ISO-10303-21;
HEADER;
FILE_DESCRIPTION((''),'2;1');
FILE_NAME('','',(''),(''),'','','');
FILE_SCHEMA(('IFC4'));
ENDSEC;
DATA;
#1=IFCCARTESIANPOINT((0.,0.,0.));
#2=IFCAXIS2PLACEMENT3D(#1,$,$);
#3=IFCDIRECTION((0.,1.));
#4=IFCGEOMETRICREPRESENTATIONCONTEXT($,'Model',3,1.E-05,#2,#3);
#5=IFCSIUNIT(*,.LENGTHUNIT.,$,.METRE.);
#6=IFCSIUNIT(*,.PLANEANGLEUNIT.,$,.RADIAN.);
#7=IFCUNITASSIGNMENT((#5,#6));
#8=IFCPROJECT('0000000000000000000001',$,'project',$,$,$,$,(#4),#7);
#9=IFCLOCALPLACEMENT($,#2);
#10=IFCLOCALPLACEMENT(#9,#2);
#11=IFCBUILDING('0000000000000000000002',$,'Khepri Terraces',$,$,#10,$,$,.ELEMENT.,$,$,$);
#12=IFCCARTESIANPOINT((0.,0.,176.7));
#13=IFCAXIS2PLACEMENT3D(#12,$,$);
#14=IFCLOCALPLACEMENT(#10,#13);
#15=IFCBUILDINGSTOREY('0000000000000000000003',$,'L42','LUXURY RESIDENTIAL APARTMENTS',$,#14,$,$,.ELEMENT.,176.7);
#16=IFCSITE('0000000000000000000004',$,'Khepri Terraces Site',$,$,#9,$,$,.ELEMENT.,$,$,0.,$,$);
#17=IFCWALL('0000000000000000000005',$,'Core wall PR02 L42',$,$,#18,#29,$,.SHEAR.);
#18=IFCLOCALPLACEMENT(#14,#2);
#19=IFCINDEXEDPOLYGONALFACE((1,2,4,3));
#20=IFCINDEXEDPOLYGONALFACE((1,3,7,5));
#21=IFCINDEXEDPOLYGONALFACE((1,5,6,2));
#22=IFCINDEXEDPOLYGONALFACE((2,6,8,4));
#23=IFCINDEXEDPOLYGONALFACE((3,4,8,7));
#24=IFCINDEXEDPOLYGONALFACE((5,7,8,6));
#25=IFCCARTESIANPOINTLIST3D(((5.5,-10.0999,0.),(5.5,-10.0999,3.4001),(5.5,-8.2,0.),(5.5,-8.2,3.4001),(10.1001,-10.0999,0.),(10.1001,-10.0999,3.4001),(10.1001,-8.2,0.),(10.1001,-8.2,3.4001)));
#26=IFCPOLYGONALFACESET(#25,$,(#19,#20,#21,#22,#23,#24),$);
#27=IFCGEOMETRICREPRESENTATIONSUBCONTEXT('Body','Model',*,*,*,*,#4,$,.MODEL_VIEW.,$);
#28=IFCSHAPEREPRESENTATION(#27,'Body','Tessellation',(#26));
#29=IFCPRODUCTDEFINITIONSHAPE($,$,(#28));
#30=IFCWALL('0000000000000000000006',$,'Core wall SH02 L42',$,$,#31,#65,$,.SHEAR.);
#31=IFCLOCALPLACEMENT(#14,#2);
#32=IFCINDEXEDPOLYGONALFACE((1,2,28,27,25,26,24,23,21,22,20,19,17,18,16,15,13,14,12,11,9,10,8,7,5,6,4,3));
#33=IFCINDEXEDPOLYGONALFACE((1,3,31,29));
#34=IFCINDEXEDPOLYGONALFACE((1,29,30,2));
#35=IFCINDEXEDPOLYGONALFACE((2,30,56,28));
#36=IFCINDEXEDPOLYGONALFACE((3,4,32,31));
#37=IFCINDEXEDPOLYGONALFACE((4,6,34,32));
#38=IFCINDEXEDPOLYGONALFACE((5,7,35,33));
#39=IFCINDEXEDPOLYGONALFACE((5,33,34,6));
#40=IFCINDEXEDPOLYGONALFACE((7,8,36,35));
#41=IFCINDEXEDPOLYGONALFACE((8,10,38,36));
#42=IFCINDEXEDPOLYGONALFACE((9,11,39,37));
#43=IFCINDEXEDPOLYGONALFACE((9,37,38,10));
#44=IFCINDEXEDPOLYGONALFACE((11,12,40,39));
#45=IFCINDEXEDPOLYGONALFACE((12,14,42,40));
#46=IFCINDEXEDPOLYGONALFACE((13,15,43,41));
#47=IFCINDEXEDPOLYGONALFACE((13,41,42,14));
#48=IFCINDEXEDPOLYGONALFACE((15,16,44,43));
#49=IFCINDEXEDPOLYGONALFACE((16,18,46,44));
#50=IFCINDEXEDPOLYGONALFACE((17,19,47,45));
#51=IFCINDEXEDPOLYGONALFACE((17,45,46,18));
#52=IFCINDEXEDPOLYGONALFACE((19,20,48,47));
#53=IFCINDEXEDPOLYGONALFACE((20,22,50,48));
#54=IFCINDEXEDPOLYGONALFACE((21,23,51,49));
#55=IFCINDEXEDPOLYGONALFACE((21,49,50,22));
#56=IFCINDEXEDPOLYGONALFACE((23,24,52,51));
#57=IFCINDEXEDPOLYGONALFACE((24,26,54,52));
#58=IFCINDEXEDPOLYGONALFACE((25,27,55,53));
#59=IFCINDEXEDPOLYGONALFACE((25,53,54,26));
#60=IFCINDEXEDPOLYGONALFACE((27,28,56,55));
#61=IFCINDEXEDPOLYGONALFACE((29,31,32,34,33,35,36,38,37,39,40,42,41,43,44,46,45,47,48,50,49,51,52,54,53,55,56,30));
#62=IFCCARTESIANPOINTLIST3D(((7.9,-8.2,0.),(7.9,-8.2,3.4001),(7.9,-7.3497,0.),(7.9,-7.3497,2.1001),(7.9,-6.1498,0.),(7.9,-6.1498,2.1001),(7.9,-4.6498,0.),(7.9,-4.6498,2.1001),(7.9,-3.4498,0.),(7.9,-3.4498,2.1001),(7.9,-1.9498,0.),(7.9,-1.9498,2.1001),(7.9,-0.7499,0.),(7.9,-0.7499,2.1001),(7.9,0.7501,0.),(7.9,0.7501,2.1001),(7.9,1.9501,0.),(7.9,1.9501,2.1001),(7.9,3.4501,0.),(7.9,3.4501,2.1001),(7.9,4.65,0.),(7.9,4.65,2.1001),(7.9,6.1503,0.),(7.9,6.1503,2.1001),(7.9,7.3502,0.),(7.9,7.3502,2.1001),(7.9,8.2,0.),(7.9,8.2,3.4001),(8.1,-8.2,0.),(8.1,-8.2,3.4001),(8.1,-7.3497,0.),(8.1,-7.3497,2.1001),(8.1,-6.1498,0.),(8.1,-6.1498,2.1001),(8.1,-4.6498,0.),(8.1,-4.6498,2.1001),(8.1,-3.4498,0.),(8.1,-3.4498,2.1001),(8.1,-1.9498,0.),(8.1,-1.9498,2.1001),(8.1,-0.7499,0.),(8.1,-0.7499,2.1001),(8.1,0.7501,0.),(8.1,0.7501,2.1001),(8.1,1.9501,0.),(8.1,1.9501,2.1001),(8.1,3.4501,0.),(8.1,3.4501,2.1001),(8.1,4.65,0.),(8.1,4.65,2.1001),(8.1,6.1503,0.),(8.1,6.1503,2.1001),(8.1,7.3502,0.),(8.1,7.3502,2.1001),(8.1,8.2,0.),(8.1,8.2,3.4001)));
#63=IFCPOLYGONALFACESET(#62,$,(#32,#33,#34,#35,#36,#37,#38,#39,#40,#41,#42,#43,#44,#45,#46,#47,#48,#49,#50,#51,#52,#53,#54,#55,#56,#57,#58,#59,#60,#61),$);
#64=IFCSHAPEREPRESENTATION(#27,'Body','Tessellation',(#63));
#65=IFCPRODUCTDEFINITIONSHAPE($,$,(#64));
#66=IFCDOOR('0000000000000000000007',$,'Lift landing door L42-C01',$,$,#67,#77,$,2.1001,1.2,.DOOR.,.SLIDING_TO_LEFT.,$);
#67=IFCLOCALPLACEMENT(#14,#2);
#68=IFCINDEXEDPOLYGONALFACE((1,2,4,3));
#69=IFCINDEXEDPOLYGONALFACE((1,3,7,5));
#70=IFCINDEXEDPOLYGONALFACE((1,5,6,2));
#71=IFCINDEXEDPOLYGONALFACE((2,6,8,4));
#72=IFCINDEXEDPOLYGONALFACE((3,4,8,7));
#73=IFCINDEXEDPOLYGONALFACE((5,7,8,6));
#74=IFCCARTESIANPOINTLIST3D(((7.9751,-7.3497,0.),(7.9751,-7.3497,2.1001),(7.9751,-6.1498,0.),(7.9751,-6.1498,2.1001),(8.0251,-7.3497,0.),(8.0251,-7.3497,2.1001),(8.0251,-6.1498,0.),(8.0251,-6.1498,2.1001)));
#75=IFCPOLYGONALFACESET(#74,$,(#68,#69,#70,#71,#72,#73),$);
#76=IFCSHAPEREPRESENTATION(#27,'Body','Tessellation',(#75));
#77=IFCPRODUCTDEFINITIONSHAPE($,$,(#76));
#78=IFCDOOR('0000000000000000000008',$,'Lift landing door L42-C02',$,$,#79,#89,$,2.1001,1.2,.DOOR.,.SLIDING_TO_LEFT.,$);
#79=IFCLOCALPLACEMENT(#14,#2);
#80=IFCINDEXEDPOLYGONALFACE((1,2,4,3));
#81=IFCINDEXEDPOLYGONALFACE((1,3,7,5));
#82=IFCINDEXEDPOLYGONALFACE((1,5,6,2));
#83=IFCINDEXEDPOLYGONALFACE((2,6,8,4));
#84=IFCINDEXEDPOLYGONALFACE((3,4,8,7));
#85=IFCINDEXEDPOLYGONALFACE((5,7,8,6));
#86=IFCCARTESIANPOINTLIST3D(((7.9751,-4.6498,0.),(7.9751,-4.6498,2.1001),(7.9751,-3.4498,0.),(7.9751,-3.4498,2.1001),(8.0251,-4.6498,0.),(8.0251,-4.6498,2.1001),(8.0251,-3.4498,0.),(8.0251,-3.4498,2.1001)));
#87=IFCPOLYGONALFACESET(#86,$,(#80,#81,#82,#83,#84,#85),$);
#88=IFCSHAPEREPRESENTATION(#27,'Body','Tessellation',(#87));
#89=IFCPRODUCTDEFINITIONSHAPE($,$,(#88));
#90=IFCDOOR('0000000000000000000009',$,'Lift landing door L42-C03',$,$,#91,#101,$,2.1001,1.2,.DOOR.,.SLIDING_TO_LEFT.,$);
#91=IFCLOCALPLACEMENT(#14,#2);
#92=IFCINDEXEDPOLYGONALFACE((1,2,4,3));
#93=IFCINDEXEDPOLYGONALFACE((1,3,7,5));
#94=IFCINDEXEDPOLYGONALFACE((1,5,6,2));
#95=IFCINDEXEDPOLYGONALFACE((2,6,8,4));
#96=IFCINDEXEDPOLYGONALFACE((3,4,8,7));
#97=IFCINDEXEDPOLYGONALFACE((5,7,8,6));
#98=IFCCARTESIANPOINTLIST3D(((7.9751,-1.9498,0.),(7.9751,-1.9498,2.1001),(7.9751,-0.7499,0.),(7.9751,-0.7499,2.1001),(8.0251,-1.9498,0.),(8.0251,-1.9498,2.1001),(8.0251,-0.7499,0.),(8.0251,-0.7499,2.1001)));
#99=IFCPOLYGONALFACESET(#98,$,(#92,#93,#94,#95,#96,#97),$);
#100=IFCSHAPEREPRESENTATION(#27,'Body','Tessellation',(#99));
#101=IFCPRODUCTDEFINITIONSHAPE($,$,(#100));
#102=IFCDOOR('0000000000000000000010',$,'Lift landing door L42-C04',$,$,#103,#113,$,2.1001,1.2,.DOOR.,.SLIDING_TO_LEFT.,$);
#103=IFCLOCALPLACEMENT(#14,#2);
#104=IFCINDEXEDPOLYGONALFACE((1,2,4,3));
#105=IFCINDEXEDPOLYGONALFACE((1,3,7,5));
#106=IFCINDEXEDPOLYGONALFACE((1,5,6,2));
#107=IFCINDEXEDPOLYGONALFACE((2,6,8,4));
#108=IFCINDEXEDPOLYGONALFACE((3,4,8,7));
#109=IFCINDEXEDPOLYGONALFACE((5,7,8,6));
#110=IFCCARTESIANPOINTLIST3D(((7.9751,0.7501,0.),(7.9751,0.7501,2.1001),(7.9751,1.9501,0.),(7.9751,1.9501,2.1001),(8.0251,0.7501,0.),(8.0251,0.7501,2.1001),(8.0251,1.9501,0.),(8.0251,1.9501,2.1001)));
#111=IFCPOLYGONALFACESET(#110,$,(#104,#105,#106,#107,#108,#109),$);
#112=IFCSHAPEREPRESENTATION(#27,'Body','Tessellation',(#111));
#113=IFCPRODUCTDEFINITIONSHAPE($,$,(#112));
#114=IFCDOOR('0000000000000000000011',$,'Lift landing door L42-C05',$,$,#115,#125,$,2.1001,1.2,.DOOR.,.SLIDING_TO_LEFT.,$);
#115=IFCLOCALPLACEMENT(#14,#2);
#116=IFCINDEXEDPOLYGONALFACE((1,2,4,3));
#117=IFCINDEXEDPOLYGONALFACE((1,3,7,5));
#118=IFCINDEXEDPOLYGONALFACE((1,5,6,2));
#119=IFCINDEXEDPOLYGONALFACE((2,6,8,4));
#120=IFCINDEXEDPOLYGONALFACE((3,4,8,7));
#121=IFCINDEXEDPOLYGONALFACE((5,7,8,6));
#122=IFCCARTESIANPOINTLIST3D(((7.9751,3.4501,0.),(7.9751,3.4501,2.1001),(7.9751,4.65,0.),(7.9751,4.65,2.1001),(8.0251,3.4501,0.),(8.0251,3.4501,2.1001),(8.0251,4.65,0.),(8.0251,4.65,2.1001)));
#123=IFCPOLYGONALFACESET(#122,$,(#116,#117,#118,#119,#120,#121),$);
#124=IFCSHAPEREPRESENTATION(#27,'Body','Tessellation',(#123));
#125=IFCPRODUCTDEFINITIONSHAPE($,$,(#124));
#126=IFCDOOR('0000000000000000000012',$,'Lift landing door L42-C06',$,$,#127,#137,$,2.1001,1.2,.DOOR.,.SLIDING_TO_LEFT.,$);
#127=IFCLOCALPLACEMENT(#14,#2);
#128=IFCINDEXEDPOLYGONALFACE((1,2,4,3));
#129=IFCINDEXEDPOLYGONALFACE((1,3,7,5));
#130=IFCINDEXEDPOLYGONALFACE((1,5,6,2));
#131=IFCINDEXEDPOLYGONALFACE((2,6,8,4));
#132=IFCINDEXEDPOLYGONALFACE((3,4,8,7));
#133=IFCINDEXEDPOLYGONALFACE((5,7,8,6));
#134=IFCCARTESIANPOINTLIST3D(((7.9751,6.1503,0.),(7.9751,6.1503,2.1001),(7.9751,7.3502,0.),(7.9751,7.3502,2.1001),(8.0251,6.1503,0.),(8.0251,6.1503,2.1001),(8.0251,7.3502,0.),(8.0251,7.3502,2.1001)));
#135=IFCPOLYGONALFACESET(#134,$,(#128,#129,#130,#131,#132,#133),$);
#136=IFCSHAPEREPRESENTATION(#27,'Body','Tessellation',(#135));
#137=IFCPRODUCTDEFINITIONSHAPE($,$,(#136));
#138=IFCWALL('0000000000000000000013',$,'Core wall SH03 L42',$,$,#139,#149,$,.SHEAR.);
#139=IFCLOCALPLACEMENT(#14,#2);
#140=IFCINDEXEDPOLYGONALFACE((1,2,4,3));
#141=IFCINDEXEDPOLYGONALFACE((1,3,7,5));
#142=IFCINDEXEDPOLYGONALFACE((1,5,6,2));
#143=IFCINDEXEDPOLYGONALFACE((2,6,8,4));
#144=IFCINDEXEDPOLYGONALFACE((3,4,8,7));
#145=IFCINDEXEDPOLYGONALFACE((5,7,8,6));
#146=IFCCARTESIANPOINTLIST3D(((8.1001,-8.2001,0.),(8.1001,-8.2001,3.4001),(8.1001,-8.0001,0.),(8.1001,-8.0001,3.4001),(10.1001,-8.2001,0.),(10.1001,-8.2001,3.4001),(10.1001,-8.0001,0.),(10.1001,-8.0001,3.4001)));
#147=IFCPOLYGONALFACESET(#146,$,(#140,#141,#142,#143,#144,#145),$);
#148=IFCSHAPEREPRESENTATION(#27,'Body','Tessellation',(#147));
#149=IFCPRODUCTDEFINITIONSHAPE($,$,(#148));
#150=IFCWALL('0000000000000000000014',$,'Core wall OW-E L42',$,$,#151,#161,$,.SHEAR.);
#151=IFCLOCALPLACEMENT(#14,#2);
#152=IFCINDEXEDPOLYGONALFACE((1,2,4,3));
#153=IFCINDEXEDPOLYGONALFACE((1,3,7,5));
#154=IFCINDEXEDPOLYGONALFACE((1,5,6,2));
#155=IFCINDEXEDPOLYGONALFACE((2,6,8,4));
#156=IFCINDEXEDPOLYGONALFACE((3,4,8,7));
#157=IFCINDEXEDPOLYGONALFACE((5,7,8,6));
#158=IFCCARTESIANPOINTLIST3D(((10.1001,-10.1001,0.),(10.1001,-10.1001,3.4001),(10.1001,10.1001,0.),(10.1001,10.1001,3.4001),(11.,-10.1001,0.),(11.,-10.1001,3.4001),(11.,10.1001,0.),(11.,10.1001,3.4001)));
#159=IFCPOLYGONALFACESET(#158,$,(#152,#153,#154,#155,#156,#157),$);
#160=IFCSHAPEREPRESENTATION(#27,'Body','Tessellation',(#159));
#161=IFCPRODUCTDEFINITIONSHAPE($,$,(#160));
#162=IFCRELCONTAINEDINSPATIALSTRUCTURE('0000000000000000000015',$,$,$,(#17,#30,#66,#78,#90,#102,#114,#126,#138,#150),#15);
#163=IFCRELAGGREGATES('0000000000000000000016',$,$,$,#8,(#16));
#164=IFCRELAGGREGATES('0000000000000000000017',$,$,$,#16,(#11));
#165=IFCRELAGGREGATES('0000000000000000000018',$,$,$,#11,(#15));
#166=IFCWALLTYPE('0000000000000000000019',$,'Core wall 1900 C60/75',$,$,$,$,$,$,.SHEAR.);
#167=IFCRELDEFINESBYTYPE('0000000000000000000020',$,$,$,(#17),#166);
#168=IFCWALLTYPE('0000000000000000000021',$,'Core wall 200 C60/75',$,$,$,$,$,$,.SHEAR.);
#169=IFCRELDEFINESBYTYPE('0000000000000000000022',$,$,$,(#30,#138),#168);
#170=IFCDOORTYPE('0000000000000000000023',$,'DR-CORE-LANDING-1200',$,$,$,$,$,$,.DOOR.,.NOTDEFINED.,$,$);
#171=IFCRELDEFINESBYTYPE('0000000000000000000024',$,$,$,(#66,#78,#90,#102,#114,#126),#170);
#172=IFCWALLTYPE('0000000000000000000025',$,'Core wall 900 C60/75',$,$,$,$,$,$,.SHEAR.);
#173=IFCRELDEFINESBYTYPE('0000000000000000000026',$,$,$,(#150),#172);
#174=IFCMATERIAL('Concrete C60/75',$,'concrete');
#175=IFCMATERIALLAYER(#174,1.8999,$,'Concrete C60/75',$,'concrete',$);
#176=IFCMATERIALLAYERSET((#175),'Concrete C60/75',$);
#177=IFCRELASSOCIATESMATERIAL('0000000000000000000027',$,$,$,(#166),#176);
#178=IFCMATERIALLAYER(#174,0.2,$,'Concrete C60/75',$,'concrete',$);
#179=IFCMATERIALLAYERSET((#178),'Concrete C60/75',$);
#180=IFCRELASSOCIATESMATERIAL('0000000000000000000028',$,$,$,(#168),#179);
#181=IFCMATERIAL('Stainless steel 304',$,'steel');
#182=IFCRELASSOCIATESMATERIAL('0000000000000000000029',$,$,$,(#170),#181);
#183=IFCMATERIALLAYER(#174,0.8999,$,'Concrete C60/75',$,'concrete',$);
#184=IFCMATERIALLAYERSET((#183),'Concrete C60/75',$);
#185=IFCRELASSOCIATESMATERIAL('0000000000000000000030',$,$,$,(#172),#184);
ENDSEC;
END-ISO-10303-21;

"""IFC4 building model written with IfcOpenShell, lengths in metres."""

from ifc_helpers import new_model, si_unit, direction, frame, frame_2d, origin, place, context, subcontext, project, spatial, rectangle, extrude, material, layer, layer_set, type_object, element, fill, save


model = new_model("IFC4")

# Units and contexts
model_context = context("Model", 3, precision=1e-05, world=origin(), true_north=direction((0.0, 1.0)))
body_context = subcontext(model_context, "Body", "Model", "MODEL_VIEW")
ifc_project = project(units=[si_unit("LENGTHUNIT", "METRE"), si_unit("PLANEANGLEUNIT", "RADIAN")], contexts=[model_context])

# Site, building, storey
site_placement = place(None, origin())
site = spatial("IfcSite", under=ifc_project, at=site_placement, Name="Khepri Terraces Site", CompositionType="ELEMENT", RefElevation=0.0)
building_placement = place(site_placement, origin())
building = spatial("IfcBuilding", under=site, at=building_placement, Name="Khepri Terraces", CompositionType="ELEMENT")
storey_placement = place(building_placement, frame((0.0, 0.0, 176.7)))
storey = spatial("IfcBuildingStorey", under=building, at=storey_placement, Name="L42", Description="LUXURY RESIDENTIAL APARTMENTS", CompositionType="ELEMENT", Elevation=176.7)

# Wall
ifc_material_1 = material(Name="Concrete C60/75", Category="concrete")
ifc_layer_1 = layer(ifc_material_1, 1.8999, Name="Concrete C60/75", Category="concrete")
ifc_layer_set_1 = layer_set([ifc_layer_1], Name="Concrete C60/75")
wall_type_1 = type_object("IfcWallType", Name="Core wall 1900 C60/75", PredefinedType="SHEAR", material=ifc_layer_set_1)
wall_1_placement = place(storey_placement, frame((5.5, -9.1499, 0.0), z_axis=(0.0, 0.0, 1.0), x_axis=(1.0, 0.0, 0.0)))
element("IfcWall", 1, at=wall_1_placement, inside=storey, type_object=wall_type_1, Name="Core wall PR02 L42", PredefinedType="SHEAR", context=body_context, shape_type="SweptSolid", body=[
    extrude(rectangle(XDim=4.6001, YDim=1.8999, at=frame_2d((2.3, 0.0))), origin(), (0.0, 0.0, 1.0), 3.4001),
])

# Wall, openings, doors
ifc_layer_2 = layer(ifc_material_1, 0.2, Name="Concrete C60/75", Category="concrete")
ifc_layer_set_2 = layer_set([ifc_layer_2], Name="Concrete C60/75")
wall_type_2 = type_object("IfcWallType", Name="Core wall 200 C60/75", PredefinedType="SHEAR", material=ifc_layer_set_2)
wall_2_placement = place(storey_placement, frame((8.0, -8.2, 0.0), z_axis=(0.0, 0.0, 1.0), x_axis=(0.0, 1.0, 0.0)))
wall_2 = element("IfcWall", 2, at=wall_2_placement, inside=storey, type_object=wall_type_2, Name="Core wall SH02 L42", PredefinedType="SHEAR", context=body_context, shape_type="SweptSolid", body=[
    extrude(rectangle(XDim=16.3999, YDim=0.2, at=frame_2d((8.2, 0.0))), origin(), (0.0, 0.0, 1.0), 3.4001),
])
opening_1_placement = place(wall_2_placement, frame((0.8501, 0.0, 0.0)))
opening_1 = element("IfcOpeningElement", 3, at=opening_1_placement, cuts=wall_2, PredefinedType="OPENING", context=body_context, shape_type="SweptSolid", body=[
    extrude(rectangle(XDim=1.2, YDim=2.1001, at=frame_2d((0.6001, 1.05))), frame((0.0, 0.1099, 0.0), z_axis=(0.0, -1.0, 0.0), x_axis=(1.0, 0.0, 0.0)), (0.0, 0.0, 1.0), 0.22),
])
opening_2_placement = place(wall_2_placement, frame((3.55, 0.0, 0.0)))
opening_2 = element("IfcOpeningElement", 4, at=opening_2_placement, cuts=wall_2, PredefinedType="OPENING", context=body_context, shape_type="SweptSolid", body=[
    extrude(rectangle(XDim=1.2, YDim=2.1001, at=frame_2d((0.6001, 1.05))), frame((0.0, 0.1099, 0.0), z_axis=(0.0, -1.0, 0.0), x_axis=(1.0, 0.0, 0.0)), (0.0, 0.0, 1.0), 0.22),
])
opening_3_placement = place(wall_2_placement, frame((6.25, 0.0, 0.0)))
opening_3 = element("IfcOpeningElement", 5, at=opening_3_placement, cuts=wall_2, PredefinedType="OPENING", context=body_context, shape_type="SweptSolid", body=[
    extrude(rectangle(XDim=1.2, YDim=2.1001, at=frame_2d((0.6001, 1.05))), frame((0.0, 0.1099, 0.0), z_axis=(0.0, -1.0, 0.0), x_axis=(1.0, 0.0, 0.0)), (0.0, 0.0, 1.0), 0.22),
])
opening_4_placement = place(wall_2_placement, frame((8.95, 0.0, 0.0)))
opening_4 = element("IfcOpeningElement", 6, at=opening_4_placement, cuts=wall_2, PredefinedType="OPENING", context=body_context, shape_type="SweptSolid", body=[
    extrude(rectangle(XDim=1.2, YDim=2.1001, at=frame_2d((0.6001, 1.05))), frame((0.0, 0.1099, 0.0), z_axis=(0.0, -1.0, 0.0), x_axis=(1.0, 0.0, 0.0)), (0.0, 0.0, 1.0), 0.22),
])
opening_5_placement = place(wall_2_placement, frame((11.6499, 0.0, 0.0)))
opening_5 = element("IfcOpeningElement", 7, at=opening_5_placement, cuts=wall_2, PredefinedType="OPENING", context=body_context, shape_type="SweptSolid", body=[
    extrude(rectangle(XDim=1.2, YDim=2.1001, at=frame_2d((0.6001, 1.05))), frame((0.0, 0.1099, 0.0), z_axis=(0.0, -1.0, 0.0), x_axis=(1.0, 0.0, 0.0)), (0.0, 0.0, 1.0), 0.22),
])
opening_6_placement = place(wall_2_placement, frame((14.3501, 0.0, 0.0)))
opening_6 = element("IfcOpeningElement", 8, at=opening_6_placement, cuts=wall_2, PredefinedType="OPENING", context=body_context, shape_type="SweptSolid", body=[
    extrude(rectangle(XDim=1.2, YDim=2.1001, at=frame_2d((0.6001, 1.05))), frame((0.0, 0.1099, 0.0), z_axis=(0.0, -1.0, 0.0), x_axis=(1.0, 0.0, 0.0)), (0.0, 0.0, 1.0), 0.22),
])
ifc_material_2 = material(Name="Stainless steel 304", Category="steel")
door_type_1 = type_object("IfcDoorType", Name="DR-CORE-LANDING-1200", OperationType="NOTDEFINED", PredefinedType="DOOR", material=ifc_material_2)
door_1_placement = place(opening_1_placement, origin())
door_1 = element("IfcDoor", 9, at=door_1_placement, inside=storey, type_object=door_type_1, Name="Lift landing door L42-C01", OperationType="SLIDING_TO_LEFT", OverallHeight=2.1001, OverallWidth=1.2, PredefinedType="DOOR", context=body_context, shape_type="SweptSolid", body=[
    extrude(rectangle(XDim=1.2, YDim=2.1001, at=frame_2d((0.6001, 1.05))), frame((0.0, 0.0249, 0.0), z_axis=(0.0, -1.0, 0.0), x_axis=(1.0, 0.0, 0.0)), (0.0, 0.0, 1.0), 0.05),
])
fill(opening_1, door_1)
door_2_placement = place(opening_2_placement, origin())
door_2 = element("IfcDoor", 10, at=door_2_placement, inside=storey, type_object=door_type_1, Name="Lift landing door L42-C02", OperationType="SLIDING_TO_LEFT", OverallHeight=2.1001, OverallWidth=1.2, PredefinedType="DOOR", context=body_context, shape_type="SweptSolid", body=[
    extrude(rectangle(XDim=1.2, YDim=2.1001, at=frame_2d((0.6001, 1.05))), frame((0.0, 0.0249, 0.0), z_axis=(0.0, -1.0, 0.0), x_axis=(1.0, 0.0, 0.0)), (0.0, 0.0, 1.0), 0.05),
])
fill(opening_2, door_2)
door_3_placement = place(opening_3_placement, origin())
door_3 = element("IfcDoor", 11, at=door_3_placement, inside=storey, type_object=door_type_1, Name="Lift landing door L42-C03", OperationType="SLIDING_TO_LEFT", OverallHeight=2.1001, OverallWidth=1.2, PredefinedType="DOOR", context=body_context, shape_type="SweptSolid", body=[
    extrude(rectangle(XDim=1.2, YDim=2.1001, at=frame_2d((0.6001, 1.05))), frame((0.0, 0.0249, 0.0), z_axis=(0.0, -1.0, 0.0), x_axis=(1.0, 0.0, 0.0)), (0.0, 0.0, 1.0), 0.05),
])
fill(opening_3, door_3)
door_4_placement = place(opening_4_placement, origin())
door_4 = element("IfcDoor", 12, at=door_4_placement, inside=storey, type_object=door_type_1, Name="Lift landing door L42-C04", OperationType="SLIDING_TO_LEFT", OverallHeight=2.1001, OverallWidth=1.2, PredefinedType="DOOR", context=body_context, shape_type="SweptSolid", body=[
    extrude(rectangle(XDim=1.2, YDim=2.1001, at=frame_2d((0.6001, 1.05))), frame((0.0, 0.0249, 0.0), z_axis=(0.0, -1.0, 0.0), x_axis=(1.0, 0.0, 0.0)), (0.0, 0.0, 1.0), 0.05),
])
fill(opening_4, door_4)
door_5_placement = place(opening_5_placement, origin())
door_5 = element("IfcDoor", 13, at=door_5_placement, inside=storey, type_object=door_type_1, Name="Lift landing door L42-C05", OperationType="SLIDING_TO_LEFT", OverallHeight=2.1001, OverallWidth=1.2, PredefinedType="DOOR", context=body_context, shape_type="SweptSolid", body=[
    extrude(rectangle(XDim=1.2, YDim=2.1001, at=frame_2d((0.6001, 1.05))), frame((0.0, 0.0249, 0.0), z_axis=(0.0, -1.0, 0.0), x_axis=(1.0, 0.0, 0.0)), (0.0, 0.0, 1.0), 0.05),
])
fill(opening_5, door_5)
door_6_placement = place(opening_6_placement, origin())
door_6 = element("IfcDoor", 14, at=door_6_placement, inside=storey, type_object=door_type_1, Name="Lift landing door L42-C06", OperationType="SLIDING_TO_LEFT", OverallHeight=2.1001, OverallWidth=1.2, PredefinedType="DOOR", context=body_context, shape_type="SweptSolid", body=[
    extrude(rectangle(XDim=1.2, YDim=2.1001, at=frame_2d((0.6001, 1.05))), frame((0.0, 0.0249, 0.0), z_axis=(0.0, -1.0, 0.0), x_axis=(1.0, 0.0, 0.0)), (0.0, 0.0, 1.0), 0.05),
])
fill(opening_6, door_6)

# Walls
wall_3_placement = place(storey_placement, frame((8.1001, -8.1001, 0.0), z_axis=(0.0, 0.0, 1.0), x_axis=(1.0, 0.0, 0.0)))
element("IfcWall", 15, at=wall_3_placement, inside=storey, type_object=wall_type_2, Name="Core wall SH03 L42", PredefinedType="SHEAR", context=body_context, shape_type="SweptSolid", body=[
    extrude(rectangle(XDim=2.0, YDim=0.2, at=frame_2d((1.0, 0.0))), origin(), (0.0, 0.0, 1.0), 3.4001),
])
ifc_layer_3 = layer(ifc_material_1, 0.8999, Name="Concrete C60/75", Category="concrete")
ifc_layer_set_3 = layer_set([ifc_layer_3], Name="Concrete C60/75")
wall_type_3 = type_object("IfcWallType", Name="Core wall 900 C60/75", PredefinedType="SHEAR", material=ifc_layer_set_3)
wall_4_placement = place(storey_placement, frame((10.55, -10.1001, 0.0), z_axis=(0.0, 0.0, 1.0), x_axis=(0.0, 1.0, 0.0)))
element("IfcWall", 16, at=wall_4_placement, inside=storey, type_object=wall_type_3, Name="Core wall OW-E L42", PredefinedType="SHEAR", context=body_context, shape_type="SweptSolid", body=[
    extrude(rectangle(XDim=20.2002, YDim=0.8999, at=frame_2d((10.1001, 0.0))), origin(), (0.0, 0.0, 1.0), 3.4001),
])

save(model, "model.ifc")
